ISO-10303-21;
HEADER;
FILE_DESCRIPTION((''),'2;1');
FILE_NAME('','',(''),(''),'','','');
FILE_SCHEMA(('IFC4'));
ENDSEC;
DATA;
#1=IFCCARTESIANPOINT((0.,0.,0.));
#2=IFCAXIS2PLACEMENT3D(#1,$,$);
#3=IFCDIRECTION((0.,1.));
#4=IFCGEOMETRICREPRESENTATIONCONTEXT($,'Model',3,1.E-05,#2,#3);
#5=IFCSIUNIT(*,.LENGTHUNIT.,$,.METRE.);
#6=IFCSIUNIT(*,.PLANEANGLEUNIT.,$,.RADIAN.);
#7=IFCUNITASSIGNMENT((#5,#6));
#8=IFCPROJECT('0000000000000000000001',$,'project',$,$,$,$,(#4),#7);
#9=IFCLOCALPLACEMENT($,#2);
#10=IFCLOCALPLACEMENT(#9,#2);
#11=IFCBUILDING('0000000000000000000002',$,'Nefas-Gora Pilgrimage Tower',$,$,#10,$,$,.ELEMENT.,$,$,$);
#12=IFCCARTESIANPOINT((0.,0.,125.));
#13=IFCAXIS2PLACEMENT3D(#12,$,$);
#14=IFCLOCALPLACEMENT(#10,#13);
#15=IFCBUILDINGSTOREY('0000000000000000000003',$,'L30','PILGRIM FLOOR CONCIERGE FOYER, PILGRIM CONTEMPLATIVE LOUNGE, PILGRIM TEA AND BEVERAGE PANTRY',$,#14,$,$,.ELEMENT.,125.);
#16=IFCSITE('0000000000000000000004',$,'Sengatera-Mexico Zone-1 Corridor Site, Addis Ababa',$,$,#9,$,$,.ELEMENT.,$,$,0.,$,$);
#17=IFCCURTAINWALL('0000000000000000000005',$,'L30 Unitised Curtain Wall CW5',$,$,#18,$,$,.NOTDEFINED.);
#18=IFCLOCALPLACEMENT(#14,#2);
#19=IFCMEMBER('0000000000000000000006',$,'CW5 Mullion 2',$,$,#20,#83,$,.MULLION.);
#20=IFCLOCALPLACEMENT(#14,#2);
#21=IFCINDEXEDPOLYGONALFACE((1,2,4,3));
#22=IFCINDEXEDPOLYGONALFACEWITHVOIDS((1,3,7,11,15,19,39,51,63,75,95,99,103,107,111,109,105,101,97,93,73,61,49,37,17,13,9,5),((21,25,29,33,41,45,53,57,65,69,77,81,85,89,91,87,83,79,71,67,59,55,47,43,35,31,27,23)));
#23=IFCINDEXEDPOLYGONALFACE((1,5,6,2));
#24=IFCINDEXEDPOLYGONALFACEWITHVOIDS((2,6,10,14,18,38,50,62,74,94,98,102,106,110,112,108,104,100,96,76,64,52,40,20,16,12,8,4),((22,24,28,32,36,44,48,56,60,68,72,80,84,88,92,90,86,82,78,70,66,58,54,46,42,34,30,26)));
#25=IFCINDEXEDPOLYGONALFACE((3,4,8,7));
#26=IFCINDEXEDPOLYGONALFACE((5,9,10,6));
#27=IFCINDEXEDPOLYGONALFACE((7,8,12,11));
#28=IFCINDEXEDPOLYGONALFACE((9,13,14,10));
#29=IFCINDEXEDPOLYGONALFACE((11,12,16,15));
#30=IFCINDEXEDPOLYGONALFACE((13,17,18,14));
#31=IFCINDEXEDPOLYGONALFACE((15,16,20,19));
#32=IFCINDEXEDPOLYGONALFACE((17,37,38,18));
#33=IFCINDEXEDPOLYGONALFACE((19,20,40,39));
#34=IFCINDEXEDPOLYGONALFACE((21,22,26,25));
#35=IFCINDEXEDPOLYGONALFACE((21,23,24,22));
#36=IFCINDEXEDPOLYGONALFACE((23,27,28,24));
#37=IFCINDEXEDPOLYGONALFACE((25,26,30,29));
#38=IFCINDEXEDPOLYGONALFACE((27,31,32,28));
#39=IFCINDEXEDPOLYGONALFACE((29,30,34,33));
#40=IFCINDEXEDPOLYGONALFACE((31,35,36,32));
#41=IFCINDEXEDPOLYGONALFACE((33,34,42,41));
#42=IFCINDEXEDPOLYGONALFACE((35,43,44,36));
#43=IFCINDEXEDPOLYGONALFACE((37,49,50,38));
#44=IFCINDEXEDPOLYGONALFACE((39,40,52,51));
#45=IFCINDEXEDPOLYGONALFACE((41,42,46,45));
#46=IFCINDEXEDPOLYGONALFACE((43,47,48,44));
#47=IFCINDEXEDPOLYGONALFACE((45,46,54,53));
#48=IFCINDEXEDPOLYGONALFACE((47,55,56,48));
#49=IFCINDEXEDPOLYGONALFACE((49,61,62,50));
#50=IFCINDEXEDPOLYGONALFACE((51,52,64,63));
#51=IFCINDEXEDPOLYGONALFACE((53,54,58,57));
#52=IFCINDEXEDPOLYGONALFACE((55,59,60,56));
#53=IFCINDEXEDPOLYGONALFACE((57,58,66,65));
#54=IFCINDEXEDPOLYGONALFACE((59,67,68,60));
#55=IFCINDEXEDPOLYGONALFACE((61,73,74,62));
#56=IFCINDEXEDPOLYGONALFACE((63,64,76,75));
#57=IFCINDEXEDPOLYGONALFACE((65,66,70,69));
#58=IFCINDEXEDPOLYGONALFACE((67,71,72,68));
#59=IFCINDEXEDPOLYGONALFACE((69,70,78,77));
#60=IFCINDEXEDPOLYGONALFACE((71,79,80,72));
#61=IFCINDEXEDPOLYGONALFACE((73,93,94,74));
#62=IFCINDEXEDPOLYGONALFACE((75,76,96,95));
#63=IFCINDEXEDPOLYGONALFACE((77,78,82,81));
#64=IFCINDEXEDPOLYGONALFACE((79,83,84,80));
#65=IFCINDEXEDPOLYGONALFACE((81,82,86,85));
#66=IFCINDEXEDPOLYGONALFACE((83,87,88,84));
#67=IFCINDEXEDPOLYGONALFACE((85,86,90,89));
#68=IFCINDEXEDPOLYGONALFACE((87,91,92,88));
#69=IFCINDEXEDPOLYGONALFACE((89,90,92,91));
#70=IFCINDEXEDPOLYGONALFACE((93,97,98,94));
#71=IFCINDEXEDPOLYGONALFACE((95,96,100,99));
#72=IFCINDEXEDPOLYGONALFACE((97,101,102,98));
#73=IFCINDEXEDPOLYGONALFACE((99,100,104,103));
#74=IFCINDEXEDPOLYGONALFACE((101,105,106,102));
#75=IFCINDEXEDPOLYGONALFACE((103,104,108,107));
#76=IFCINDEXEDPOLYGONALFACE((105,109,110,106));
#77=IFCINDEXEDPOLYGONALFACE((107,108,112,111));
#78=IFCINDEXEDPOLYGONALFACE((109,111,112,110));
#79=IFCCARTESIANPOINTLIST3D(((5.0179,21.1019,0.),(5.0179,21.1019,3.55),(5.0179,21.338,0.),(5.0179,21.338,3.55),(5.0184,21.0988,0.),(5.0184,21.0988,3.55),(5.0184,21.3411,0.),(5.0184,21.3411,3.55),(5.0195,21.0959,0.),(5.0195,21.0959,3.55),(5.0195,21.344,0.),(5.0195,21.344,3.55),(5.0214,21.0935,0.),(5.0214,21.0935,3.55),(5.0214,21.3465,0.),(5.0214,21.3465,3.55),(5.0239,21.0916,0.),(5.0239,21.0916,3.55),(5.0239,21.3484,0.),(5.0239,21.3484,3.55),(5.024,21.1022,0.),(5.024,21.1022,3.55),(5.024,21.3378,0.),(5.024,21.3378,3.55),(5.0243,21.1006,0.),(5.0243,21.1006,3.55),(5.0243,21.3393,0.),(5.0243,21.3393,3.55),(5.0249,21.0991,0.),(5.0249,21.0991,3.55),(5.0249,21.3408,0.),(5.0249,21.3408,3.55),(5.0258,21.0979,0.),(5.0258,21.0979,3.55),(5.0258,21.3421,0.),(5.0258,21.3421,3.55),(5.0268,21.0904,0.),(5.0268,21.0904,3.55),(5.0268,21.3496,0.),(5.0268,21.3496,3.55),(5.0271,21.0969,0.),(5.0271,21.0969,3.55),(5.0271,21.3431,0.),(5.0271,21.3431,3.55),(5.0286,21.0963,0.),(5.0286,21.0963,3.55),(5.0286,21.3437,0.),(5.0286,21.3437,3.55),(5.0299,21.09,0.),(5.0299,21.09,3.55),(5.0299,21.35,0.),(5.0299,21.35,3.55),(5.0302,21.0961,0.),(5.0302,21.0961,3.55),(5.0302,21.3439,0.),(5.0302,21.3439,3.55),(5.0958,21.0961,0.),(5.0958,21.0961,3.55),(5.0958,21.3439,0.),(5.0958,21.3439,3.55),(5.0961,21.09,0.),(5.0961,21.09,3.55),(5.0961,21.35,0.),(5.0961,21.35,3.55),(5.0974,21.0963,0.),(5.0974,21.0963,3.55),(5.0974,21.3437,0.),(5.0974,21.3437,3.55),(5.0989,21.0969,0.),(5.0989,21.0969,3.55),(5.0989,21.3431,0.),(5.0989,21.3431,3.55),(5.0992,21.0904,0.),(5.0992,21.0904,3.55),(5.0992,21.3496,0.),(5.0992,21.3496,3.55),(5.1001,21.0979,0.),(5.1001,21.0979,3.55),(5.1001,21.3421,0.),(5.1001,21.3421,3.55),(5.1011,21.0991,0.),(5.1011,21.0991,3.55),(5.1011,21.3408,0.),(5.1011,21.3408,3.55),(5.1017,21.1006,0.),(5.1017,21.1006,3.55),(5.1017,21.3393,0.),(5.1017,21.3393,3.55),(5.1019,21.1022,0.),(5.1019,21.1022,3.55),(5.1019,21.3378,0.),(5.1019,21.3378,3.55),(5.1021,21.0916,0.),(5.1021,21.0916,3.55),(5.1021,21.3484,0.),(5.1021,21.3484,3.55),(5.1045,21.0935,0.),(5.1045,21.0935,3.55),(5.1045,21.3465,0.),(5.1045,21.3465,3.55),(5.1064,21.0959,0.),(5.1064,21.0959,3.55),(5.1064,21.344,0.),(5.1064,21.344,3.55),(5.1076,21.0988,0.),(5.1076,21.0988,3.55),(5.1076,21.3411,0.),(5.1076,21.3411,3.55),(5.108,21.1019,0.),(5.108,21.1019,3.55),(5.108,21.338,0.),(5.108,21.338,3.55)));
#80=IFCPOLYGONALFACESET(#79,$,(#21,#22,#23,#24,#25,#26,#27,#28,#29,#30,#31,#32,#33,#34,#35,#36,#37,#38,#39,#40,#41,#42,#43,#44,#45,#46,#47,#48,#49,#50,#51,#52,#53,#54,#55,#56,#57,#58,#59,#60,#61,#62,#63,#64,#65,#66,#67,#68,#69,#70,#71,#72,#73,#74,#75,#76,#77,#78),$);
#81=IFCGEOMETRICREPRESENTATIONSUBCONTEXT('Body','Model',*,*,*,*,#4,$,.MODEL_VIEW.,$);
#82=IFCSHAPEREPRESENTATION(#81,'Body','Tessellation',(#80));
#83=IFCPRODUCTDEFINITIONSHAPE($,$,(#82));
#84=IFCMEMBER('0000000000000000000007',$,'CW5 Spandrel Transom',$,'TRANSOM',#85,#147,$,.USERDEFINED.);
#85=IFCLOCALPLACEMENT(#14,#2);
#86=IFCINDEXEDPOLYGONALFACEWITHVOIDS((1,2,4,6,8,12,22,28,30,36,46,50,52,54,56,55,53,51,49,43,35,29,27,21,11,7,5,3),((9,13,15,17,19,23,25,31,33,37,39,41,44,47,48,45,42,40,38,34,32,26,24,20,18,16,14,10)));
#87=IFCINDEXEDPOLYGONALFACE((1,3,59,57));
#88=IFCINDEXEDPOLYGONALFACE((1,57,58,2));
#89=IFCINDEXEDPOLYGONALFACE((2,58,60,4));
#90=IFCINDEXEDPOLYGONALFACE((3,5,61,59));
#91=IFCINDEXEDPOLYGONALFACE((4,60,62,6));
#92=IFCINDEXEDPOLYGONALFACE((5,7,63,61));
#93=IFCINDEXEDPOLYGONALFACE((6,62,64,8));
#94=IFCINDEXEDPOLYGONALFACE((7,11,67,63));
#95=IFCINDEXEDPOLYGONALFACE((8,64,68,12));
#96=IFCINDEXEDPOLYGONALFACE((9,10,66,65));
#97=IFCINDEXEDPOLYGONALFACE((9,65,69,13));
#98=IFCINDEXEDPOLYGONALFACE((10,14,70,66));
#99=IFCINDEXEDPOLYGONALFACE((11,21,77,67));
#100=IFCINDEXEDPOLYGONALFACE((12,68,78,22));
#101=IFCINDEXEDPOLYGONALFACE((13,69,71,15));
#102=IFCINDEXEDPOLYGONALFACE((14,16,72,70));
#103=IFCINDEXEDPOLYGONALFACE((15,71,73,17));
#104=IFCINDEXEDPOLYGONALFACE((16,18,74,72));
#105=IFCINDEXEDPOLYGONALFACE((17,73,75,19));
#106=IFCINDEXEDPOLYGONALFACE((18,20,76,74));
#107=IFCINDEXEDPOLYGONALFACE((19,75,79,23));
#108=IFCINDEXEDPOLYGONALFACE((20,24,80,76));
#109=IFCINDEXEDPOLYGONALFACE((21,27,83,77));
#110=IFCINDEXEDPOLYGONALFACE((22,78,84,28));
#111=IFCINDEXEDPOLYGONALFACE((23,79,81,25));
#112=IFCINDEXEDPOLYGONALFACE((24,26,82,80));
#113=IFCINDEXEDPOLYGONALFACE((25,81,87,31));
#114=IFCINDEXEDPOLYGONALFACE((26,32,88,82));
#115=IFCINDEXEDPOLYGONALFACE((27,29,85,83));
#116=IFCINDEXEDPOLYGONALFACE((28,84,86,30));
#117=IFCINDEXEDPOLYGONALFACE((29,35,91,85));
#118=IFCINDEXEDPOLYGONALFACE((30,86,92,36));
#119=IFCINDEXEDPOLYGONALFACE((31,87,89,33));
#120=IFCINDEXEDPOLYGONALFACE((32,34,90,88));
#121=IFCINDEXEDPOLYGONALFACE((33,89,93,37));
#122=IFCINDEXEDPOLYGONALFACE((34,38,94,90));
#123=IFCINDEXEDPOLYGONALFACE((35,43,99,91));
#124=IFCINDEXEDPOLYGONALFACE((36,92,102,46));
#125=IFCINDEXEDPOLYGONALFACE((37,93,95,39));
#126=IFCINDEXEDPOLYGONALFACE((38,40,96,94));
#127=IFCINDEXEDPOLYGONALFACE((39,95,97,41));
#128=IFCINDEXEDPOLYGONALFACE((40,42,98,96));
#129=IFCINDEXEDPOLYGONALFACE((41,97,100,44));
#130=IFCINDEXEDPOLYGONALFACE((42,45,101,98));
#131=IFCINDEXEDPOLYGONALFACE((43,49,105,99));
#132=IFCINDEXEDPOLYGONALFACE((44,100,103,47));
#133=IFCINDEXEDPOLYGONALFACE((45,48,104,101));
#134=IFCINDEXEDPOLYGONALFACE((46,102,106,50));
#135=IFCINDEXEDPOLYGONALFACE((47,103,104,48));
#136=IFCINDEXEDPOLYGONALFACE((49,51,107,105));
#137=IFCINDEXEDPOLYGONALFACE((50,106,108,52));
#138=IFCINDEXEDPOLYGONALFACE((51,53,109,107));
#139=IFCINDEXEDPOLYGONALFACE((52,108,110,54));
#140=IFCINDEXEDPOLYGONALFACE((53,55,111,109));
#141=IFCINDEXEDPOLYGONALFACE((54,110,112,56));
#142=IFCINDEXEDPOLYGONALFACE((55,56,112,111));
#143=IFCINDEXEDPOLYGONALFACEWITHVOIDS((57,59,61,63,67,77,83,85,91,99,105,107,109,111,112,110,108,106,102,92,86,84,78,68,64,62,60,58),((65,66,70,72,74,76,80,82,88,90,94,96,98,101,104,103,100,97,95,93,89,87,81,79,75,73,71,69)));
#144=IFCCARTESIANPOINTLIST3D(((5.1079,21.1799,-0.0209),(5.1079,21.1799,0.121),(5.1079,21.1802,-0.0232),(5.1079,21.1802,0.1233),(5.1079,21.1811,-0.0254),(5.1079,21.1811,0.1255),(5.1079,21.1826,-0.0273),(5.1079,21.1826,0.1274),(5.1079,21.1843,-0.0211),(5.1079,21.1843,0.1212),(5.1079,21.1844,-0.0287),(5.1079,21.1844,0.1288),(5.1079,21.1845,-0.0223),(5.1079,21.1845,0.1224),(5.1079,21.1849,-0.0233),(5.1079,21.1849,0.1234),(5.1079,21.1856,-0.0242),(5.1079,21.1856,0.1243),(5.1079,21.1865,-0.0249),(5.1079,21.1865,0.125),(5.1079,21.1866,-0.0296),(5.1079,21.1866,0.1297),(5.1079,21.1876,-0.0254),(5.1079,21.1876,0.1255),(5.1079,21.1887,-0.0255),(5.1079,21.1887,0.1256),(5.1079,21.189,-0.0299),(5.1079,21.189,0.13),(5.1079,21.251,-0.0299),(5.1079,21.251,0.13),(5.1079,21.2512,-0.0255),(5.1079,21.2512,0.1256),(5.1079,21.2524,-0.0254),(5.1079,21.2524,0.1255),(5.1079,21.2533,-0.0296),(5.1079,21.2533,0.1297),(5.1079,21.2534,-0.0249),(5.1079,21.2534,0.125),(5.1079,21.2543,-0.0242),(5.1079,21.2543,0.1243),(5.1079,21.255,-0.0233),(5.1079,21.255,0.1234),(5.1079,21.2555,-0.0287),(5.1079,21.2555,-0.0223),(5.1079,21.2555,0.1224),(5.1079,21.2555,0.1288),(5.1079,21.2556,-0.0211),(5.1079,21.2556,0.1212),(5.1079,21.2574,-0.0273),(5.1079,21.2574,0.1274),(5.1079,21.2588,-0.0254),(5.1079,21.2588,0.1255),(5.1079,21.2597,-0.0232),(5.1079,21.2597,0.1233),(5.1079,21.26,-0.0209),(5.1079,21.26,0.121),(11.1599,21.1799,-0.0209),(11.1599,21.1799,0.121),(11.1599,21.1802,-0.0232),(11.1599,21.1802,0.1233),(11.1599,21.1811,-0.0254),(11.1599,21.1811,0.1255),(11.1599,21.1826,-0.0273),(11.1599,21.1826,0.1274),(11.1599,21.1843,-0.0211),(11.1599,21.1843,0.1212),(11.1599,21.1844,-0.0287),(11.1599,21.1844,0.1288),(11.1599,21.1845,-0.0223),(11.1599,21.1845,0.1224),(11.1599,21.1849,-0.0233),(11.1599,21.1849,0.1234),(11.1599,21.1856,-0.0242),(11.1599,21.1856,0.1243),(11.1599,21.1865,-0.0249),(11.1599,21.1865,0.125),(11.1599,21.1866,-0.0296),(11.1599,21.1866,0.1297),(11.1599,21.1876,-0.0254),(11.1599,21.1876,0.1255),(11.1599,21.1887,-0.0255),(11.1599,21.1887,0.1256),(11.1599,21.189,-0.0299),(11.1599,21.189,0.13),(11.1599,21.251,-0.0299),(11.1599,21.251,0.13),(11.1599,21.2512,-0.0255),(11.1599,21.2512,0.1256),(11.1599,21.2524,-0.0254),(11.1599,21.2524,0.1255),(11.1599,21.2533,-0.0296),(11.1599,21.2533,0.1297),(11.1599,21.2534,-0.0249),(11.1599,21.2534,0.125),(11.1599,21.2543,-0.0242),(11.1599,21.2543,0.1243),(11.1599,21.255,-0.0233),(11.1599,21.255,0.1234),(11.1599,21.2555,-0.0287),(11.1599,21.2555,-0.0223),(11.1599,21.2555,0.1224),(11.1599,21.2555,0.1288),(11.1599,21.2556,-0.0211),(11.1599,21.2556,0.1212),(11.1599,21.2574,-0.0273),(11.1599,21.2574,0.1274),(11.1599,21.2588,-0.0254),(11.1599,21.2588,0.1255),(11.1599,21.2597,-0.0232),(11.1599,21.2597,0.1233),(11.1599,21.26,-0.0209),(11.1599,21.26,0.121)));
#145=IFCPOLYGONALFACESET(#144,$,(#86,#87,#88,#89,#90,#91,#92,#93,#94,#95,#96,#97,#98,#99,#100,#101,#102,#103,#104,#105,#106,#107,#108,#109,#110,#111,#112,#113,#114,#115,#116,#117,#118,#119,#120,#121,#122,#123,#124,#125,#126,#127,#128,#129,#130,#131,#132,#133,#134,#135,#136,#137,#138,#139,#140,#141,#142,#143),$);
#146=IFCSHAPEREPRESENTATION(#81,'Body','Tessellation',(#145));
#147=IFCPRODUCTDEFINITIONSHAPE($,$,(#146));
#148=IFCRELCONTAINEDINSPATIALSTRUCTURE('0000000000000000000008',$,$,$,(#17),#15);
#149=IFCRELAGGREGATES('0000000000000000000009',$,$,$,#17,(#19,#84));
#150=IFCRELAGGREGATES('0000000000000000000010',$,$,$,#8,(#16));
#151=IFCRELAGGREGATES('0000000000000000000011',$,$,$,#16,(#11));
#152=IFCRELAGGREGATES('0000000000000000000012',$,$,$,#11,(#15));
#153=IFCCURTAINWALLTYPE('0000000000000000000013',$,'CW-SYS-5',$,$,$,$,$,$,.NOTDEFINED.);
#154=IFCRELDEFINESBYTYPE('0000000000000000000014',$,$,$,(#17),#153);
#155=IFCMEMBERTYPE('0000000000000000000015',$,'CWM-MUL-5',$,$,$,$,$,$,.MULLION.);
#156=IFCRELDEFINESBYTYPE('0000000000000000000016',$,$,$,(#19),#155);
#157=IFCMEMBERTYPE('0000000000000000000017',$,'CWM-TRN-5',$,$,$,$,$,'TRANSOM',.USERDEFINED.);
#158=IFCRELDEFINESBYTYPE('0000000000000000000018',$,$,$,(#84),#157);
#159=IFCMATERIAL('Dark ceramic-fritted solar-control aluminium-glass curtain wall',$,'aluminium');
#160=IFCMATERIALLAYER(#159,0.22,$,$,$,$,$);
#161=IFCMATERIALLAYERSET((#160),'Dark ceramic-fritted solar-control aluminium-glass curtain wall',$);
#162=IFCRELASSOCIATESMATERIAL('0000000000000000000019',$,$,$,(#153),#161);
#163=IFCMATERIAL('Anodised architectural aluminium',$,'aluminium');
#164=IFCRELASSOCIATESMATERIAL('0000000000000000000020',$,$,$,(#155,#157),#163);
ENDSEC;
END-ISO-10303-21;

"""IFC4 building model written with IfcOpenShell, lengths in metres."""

from ifc_helpers import new_model, si_unit, direction, frame, origin, origin_2d, place, context, subcontext, project, spatial, hollow_rectangle, extrude, source, transform, mapped, material, layer, layer_set, material_profile, profile_set, type_object, element, aggregate, save


model = new_model("IFC4")

# Units and contexts
model_context = context("Model", 3, precision=1e-05, world=origin(), true_north=direction((0.0, 1.0)))
body_context = subcontext(model_context, "Body", "Model", "MODEL_VIEW")
ifc_project = project(units=[si_unit("LENGTHUNIT", "METRE"), si_unit("PLANEANGLEUNIT", "RADIAN")], contexts=[model_context])

# Site, building, storey
site_placement = place(None, origin())
site = spatial("IfcSite", under=ifc_project, at=site_placement, Name="Sengatera-Mexico Zone-1 Corridor Site, Addis Ababa", CompositionType="ELEMENT", RefElevation=0.0)
building_placement = place(site_placement, origin())
building = spatial("IfcBuilding", under=site, at=building_placement, Name="Nefas-Gora Pilgrimage Tower", CompositionType="ELEMENT")
storey_placement = place(building_placement, frame((0.0, 0.0, 125.0)))
storey = spatial("IfcBuildingStorey", under=building, at=storey_placement, Name="L30", Description="PILGRIM FLOOR CONCIERGE FOYER, PILGRIM CONTEMPLATIVE LOUNGE, PILGRIM TEA AND BEVERAGE PANTRY", CompositionType="ELEMENT", Elevation=125.0)

# Curtain wall, members
ifc_material_1 = material(Name="Dark ceramic-fritted solar-control aluminium-glass curtain wall", Category="aluminium")
ifc_layer_1 = layer(ifc_material_1, 0.22)
ifc_layer_set_1 = layer_set([ifc_layer_1], Name="Dark ceramic-fritted solar-control aluminium-glass curtain wall")
curtain_wall_type_1 = type_object("IfcCurtainWallType", Name="CW-SYS-5", PredefinedType="NOTDEFINED", material=ifc_layer_set_1)
curtain_wall_1_placement = place(storey_placement, origin())
curtain_wall_1 = element("IfcCurtainWall", 1, at=curtain_wall_1_placement, inside=storey, type_object=curtain_wall_type_1, Name="L30 Unitised Curtain Wall CW5", PredefinedType="NOTDEFINED")
ifc_material_2 = material(Name="Anodised architectural aluminium", Category="aluminium")
ifc_material_profile_1 = material_profile(ifc_material_2, hollow_rectangle(XDim=0.0901, YDim=0.26, WallThickness=0.0061, InnerFilletRadius=0.0061, OuterFilletRadius=0.012, at=origin_2d()), Name="ALU MULLION 90x260")
ifc_profile_set_1 = profile_set([ifc_material_profile_1], Name="Anodised architectural aluminium")
member_type_1 = type_object("IfcMemberType", Name="CWM-MUL-5", PredefinedType="MULLION", material=ifc_profile_set_1)
shared_shape_1 = source(origin(), body_context, "Body", "SweptSolid", [
    extrude(hollow_rectangle(XDim=0.0901, YDim=0.26, WallThickness=0.0061, InnerFilletRadius=0.0061, OuterFilletRadius=0.012, at=origin_2d()), origin(), (0.0, 0.0, 1.0), 3.55),
])
member_1_placement = place(storey_placement, frame((5.063, 21.22, 0.0), z_axis=(0.0, 0.0, 1.0), x_axis=(-1.0, 0.0, 0.0)))
member_1 = element("IfcMember", 2, at=member_1_placement, type_object=member_type_1, Name="CW5 Mullion 2", PredefinedType="MULLION", context=body_context, shape_type="MappedRepresentation", body=[
    mapped(shared_shape_1, transform((0.0, 0.0, 0.0), x_axis=(1.0, 0.0, 0.0), y_axis=(0.0, 1.0, 0.0), z_axis=(0.0, 0.0, 1.0), scale=1.0)),
])
ifc_material_profile_2 = material_profile(ifc_material_2, hollow_rectangle(XDim=0.0801, YDim=0.1599, WallThickness=0.0044, InnerFilletRadius=0.0044, OuterFilletRadius=0.009, at=origin_2d()), Name="ALU TRANSOM 80x160")
ifc_profile_set_2 = profile_set([ifc_material_profile_2], Name="Anodised architectural aluminium")
member_type_2 = type_object("IfcMemberType", Name="CWM-TRN-5", ElementType="TRANSOM", PredefinedType="USERDEFINED", material=ifc_profile_set_2)
shared_shape_2 = source(origin(), body_context, "Body", "SweptSolid", [
    extrude(hollow_rectangle(XDim=0.0801, YDim=0.1599, WallThickness=0.0044, InnerFilletRadius=0.0044, OuterFilletRadius=0.009, at=origin_2d()), origin(), (0.0, 0.0, 1.0), 6.052),
])
member_2_placement = place(storey_placement, frame((11.1599, 21.22, 0.05), z_axis=(-1.0, 0.0, 0.0), x_axis=(0.0, -1.0, 0.0)))
member_2 = element("IfcMember", 3, at=member_2_placement, type_object=member_type_2, Name="CW5 Spandrel Transom", ObjectType="TRANSOM", PredefinedType="USERDEFINED", context=body_context, shape_type="MappedRepresentation", body=[
    mapped(shared_shape_2, transform((0.0, 0.0, 0.0), x_axis=(1.0, 0.0, 0.0), y_axis=(0.0, 1.0, 0.0), z_axis=(0.0, 0.0, 1.0), scale=1.0)),
])

aggregate(curtain_wall_1, [member_1, member_2])

save(model, "model.ifc")
